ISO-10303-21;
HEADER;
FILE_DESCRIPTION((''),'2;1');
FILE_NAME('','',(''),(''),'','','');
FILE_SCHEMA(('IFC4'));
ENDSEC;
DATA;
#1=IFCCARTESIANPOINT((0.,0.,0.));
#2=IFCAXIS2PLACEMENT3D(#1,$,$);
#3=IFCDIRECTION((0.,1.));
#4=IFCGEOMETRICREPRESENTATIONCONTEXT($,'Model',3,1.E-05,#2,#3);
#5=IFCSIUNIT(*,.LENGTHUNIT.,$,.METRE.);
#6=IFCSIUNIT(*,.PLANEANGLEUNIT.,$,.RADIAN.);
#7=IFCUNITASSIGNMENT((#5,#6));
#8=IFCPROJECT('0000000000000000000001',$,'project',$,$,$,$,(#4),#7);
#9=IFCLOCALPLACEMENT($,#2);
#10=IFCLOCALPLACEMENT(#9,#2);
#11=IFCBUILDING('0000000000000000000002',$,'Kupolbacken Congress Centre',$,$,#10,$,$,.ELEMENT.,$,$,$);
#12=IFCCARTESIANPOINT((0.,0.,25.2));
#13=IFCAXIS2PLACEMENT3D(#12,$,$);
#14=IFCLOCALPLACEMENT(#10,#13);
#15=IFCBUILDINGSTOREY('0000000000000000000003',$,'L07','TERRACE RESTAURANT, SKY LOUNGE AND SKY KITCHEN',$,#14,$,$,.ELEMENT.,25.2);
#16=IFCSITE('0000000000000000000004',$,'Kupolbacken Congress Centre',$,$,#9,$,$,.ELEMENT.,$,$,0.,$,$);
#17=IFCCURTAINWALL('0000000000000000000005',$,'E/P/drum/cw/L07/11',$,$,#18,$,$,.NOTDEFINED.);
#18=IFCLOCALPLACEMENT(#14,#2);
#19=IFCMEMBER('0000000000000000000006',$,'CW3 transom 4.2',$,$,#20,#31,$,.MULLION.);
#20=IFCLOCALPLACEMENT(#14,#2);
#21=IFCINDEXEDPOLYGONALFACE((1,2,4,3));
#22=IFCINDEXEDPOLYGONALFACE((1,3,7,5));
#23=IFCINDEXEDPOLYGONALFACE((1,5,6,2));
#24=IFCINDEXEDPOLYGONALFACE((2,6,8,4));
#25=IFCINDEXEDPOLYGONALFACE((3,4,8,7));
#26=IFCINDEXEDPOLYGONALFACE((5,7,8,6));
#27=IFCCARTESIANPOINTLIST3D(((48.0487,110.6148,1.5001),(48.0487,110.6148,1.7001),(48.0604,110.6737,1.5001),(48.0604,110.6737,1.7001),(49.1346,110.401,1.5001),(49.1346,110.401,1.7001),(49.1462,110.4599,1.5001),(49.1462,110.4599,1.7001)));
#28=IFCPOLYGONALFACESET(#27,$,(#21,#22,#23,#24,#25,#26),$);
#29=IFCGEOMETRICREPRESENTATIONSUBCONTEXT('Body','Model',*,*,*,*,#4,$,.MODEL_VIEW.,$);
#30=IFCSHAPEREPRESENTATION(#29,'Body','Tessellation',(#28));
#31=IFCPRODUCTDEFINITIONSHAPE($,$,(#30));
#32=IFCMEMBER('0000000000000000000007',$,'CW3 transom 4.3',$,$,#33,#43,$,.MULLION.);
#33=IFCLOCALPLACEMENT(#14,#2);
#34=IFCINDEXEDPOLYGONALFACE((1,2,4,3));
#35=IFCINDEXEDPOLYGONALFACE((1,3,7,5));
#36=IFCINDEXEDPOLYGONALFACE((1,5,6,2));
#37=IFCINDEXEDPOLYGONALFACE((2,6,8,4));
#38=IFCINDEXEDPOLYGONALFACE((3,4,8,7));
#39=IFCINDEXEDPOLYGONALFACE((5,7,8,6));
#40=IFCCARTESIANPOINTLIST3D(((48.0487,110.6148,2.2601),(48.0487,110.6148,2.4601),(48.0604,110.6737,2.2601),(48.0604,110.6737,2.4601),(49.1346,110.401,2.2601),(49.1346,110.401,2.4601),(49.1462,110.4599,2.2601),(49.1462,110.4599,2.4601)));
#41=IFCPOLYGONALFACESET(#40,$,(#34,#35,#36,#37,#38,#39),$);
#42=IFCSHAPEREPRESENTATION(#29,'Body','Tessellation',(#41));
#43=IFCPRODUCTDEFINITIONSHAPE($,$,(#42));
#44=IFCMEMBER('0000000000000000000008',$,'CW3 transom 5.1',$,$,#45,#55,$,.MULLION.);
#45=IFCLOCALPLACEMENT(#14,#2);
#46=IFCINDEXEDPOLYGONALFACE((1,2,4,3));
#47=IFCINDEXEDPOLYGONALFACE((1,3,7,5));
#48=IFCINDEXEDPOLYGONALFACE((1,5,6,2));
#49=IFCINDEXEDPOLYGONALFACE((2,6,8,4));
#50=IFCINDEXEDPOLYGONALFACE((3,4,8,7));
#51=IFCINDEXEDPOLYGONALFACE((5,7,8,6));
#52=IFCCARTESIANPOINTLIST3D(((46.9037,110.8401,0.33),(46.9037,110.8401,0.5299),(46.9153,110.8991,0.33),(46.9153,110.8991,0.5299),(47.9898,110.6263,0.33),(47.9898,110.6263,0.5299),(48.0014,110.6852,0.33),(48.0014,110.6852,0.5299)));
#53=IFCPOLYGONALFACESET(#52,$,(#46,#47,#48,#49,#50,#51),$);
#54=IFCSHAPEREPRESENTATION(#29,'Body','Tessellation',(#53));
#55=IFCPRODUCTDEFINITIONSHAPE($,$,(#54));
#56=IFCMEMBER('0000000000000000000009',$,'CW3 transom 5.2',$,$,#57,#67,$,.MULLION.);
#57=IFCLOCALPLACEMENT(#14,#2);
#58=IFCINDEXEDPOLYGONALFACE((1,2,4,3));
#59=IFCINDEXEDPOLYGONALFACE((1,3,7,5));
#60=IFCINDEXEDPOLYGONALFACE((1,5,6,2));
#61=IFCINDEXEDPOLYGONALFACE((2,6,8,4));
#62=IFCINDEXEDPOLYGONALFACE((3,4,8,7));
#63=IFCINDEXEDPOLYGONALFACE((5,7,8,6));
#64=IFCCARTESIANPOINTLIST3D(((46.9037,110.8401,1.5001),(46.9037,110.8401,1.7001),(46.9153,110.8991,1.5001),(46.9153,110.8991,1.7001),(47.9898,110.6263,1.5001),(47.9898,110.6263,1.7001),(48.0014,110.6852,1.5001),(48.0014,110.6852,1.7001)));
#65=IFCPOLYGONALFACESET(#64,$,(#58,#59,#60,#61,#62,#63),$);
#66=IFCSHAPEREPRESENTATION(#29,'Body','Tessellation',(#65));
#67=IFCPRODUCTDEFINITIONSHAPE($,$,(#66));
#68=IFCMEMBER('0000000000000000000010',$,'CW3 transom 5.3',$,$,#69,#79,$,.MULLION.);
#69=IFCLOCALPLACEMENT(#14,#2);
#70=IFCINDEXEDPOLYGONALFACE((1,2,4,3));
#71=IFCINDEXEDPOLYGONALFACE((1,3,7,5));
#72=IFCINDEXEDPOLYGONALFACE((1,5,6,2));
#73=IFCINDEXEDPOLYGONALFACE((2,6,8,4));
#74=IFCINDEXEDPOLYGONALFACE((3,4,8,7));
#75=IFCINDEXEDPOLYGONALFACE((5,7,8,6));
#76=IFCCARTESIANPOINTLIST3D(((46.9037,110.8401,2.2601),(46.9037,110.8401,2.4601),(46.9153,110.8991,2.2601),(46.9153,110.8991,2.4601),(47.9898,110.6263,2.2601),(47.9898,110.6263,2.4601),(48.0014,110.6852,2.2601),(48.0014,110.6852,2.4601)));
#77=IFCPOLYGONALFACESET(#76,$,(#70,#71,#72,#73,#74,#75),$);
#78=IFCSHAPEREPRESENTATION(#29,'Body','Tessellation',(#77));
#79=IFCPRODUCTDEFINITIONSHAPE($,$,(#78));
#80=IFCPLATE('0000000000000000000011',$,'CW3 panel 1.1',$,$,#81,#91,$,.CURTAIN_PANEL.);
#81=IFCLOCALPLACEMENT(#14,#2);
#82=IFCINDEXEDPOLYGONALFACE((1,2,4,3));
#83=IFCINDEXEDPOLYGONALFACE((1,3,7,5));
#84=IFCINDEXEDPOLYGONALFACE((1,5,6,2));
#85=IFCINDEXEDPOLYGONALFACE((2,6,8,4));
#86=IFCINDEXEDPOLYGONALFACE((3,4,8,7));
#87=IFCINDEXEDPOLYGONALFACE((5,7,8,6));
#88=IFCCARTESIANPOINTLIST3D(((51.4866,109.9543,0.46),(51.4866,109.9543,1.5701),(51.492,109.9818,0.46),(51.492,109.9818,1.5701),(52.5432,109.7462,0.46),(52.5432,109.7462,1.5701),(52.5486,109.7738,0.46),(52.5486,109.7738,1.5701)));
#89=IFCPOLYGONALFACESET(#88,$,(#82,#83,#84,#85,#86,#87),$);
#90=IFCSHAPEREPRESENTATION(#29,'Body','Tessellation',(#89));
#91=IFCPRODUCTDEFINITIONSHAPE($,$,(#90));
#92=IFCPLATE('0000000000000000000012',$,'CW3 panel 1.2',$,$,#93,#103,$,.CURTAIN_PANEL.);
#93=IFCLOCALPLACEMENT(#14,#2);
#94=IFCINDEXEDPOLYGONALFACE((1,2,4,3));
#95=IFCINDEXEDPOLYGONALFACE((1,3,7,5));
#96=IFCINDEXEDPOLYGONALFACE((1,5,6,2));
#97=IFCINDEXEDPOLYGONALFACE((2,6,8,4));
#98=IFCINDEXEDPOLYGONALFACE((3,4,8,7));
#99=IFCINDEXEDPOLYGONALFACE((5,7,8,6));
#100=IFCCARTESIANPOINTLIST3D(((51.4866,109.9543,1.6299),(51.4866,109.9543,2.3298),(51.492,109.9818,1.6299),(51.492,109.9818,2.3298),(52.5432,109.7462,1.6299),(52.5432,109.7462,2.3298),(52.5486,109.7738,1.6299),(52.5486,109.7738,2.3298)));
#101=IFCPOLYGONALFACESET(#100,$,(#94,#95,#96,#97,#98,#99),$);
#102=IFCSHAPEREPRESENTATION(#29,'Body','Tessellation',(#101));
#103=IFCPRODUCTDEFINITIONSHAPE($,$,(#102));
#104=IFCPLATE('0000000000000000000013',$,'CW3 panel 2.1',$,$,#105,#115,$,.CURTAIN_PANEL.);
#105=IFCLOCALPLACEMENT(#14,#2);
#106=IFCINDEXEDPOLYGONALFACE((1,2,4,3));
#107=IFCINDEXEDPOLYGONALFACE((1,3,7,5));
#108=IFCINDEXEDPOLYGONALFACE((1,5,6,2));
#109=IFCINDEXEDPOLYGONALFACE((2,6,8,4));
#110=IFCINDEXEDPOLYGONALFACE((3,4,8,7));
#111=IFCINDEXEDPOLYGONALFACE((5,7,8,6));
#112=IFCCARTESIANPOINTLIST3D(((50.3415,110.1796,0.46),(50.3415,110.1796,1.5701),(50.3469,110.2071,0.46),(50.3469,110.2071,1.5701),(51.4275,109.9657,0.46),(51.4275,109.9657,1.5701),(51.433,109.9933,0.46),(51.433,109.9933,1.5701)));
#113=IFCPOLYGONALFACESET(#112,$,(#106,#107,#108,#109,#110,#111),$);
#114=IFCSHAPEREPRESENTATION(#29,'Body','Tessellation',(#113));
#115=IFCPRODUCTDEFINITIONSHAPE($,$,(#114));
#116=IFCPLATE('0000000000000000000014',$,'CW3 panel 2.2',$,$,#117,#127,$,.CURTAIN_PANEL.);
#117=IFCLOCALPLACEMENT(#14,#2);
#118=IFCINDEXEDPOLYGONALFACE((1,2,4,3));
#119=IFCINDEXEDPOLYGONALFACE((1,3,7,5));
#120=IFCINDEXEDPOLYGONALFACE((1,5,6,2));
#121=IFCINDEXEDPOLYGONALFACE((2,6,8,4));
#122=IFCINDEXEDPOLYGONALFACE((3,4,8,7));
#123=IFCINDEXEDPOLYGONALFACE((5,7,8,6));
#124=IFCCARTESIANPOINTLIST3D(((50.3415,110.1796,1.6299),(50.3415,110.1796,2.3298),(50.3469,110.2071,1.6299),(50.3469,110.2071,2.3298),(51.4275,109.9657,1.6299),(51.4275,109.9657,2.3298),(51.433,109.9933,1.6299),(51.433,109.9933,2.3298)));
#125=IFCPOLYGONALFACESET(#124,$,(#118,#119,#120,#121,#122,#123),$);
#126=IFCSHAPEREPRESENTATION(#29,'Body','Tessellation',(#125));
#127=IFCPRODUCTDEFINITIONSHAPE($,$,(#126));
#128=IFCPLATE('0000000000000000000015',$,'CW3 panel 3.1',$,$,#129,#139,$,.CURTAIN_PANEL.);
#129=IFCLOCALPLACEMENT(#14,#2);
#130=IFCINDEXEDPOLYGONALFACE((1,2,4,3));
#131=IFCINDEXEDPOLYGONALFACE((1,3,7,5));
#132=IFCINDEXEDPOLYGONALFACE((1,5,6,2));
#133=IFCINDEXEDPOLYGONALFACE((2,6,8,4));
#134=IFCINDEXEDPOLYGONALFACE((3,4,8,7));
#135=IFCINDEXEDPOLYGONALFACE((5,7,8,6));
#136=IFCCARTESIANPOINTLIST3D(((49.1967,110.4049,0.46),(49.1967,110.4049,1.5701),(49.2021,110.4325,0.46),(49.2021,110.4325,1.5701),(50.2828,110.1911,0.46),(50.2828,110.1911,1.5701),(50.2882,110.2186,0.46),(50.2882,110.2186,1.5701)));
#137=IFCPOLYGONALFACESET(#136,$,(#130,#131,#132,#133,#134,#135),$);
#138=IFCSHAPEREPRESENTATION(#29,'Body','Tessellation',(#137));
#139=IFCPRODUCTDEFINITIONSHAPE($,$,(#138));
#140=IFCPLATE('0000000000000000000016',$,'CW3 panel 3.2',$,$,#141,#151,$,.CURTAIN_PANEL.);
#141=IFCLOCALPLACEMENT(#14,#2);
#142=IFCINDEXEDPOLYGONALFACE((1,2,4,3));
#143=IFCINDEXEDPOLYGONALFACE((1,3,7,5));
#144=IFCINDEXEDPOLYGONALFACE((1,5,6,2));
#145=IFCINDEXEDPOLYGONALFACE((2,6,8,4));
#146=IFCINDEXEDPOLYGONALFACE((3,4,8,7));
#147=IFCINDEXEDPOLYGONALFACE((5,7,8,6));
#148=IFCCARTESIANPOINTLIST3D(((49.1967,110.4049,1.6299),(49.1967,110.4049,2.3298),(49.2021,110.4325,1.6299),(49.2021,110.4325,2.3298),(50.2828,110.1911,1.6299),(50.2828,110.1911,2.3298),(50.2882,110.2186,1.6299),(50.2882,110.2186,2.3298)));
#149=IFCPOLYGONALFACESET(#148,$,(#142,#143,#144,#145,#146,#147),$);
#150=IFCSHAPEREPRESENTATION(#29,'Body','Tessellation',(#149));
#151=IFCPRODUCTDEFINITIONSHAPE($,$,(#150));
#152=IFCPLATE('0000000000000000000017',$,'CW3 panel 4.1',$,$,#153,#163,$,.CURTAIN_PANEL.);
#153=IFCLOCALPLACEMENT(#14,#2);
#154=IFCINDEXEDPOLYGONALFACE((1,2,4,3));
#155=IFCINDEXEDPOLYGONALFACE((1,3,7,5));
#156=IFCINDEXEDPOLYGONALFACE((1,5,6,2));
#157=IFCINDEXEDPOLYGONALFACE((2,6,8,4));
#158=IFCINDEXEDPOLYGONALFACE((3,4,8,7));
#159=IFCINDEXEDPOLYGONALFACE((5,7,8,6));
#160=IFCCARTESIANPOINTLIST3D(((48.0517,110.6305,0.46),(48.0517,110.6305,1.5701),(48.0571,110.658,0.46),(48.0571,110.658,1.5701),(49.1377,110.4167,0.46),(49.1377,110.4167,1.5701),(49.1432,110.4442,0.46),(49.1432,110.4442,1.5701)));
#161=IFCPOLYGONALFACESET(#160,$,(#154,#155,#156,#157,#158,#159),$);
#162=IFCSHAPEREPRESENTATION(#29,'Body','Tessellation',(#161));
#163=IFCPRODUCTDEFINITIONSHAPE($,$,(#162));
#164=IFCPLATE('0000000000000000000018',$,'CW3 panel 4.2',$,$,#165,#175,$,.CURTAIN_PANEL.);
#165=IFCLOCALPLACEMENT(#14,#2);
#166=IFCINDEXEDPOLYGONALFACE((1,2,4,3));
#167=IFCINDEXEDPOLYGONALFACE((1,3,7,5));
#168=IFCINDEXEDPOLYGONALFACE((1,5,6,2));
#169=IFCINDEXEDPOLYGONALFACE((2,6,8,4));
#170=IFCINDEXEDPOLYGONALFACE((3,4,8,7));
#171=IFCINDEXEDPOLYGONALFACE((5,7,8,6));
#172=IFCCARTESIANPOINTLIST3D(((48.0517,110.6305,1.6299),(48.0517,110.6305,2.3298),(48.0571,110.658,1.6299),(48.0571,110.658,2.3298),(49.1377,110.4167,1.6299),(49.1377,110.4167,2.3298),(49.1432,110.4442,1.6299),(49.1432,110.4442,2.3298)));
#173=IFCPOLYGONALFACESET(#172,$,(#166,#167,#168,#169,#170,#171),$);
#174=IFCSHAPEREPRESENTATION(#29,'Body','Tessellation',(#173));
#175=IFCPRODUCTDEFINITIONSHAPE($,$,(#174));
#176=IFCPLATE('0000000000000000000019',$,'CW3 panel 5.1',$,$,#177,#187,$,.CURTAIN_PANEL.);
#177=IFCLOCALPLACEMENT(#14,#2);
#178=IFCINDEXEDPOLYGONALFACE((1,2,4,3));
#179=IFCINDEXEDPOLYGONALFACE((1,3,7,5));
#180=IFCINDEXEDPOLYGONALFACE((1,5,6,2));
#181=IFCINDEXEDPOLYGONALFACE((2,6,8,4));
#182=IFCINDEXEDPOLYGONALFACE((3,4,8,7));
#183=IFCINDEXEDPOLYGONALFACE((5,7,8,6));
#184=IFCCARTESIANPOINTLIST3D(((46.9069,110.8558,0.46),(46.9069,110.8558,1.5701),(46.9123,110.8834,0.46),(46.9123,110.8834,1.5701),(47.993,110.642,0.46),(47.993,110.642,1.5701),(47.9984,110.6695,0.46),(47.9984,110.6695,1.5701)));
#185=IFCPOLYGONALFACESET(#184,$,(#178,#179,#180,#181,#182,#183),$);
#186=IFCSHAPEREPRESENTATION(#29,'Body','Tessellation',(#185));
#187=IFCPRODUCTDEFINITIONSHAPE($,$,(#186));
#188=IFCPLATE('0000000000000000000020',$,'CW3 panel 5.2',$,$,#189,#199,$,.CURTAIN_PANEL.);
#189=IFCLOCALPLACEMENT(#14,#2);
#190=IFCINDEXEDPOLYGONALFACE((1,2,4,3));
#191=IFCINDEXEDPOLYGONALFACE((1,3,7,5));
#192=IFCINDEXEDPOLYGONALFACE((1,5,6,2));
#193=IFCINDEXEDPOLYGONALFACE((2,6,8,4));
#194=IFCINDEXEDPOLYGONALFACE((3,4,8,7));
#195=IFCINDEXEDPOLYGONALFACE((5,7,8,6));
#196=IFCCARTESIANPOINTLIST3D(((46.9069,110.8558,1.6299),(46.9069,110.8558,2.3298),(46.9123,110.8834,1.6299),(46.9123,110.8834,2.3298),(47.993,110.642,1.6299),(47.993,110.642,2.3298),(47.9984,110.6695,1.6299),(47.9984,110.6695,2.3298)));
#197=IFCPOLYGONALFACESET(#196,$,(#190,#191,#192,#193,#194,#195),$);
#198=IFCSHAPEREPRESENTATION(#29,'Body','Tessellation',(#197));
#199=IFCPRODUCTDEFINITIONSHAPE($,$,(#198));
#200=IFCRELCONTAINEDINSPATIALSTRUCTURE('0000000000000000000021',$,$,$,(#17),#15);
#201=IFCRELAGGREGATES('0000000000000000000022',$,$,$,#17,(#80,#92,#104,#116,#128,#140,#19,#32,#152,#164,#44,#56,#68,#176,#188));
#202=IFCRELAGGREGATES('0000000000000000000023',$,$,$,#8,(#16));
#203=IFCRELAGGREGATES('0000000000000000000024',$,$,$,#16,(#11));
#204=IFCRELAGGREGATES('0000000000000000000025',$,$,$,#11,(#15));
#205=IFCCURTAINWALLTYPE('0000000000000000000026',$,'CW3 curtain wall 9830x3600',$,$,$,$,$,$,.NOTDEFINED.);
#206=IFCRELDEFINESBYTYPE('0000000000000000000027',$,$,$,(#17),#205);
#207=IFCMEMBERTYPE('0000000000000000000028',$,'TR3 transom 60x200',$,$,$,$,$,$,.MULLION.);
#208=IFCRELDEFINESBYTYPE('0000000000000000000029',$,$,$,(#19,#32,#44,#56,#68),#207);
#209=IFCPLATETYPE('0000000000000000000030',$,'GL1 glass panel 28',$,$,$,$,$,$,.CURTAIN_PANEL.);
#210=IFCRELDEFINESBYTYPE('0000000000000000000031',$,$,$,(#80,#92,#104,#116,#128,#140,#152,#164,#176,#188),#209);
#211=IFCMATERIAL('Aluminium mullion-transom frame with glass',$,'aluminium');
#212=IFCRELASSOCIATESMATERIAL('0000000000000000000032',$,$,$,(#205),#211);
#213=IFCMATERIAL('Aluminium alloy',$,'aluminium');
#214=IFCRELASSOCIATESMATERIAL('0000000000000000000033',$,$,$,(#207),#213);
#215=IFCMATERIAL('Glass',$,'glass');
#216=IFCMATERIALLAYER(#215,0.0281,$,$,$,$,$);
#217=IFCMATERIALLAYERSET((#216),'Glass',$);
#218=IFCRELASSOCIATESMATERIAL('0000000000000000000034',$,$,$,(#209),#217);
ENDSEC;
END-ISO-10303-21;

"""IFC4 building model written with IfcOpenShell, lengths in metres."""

from ifc_helpers import new_model, si_unit, direction, frame, origin, origin_2d, place, context, subcontext, project, spatial, rectangle, extrude, material, layer, layer_set, material_profile, profile_set, type_object, element, aggregate, save


model = new_model("IFC4")

# Units and contexts
model_context = context("Model", 3, precision=1e-05, world=origin(), true_north=direction((0.0, 1.0)))
body_context = subcontext(model_context, "Body", "Model", "MODEL_VIEW")
ifc_project = project(units=[si_unit("LENGTHUNIT", "METRE"), si_unit("PLANEANGLEUNIT", "RADIAN")], contexts=[model_context])

# Site, building, storey
site_placement = place(None, origin())
site = spatial("IfcSite", under=ifc_project, at=site_placement, Name="Kupolbacken Congress Centre", CompositionType="ELEMENT", RefElevation=0.0)
building_placement = place(site_placement, origin())
building = spatial("IfcBuilding", under=site, at=building_placement, Name="Kupolbacken Congress Centre", CompositionType="ELEMENT")
storey_placement = place(building_placement, frame((0.0, 0.0, 25.2)))
storey = spatial("IfcBuildingStorey", under=building, at=storey_placement, Name="L07", Description="TERRACE RESTAURANT, SKY LOUNGE AND SKY KITCHEN", CompositionType="ELEMENT", Elevation=25.2)

# Curtain wall, members, plates
ifc_material_1 = material(Name="Aluminium mullion-transom frame with glass", Category="aluminium")
curtain_wall_type = type_object("IfcCurtainWallType", Name="CW3 curtain wall 9830x3600", PredefinedType="NOTDEFINED", material=ifc_material_1)
curtain_wall_placement = place(storey_placement, origin())
curtain_wall = element("IfcCurtainWall", 1, at=curtain_wall_placement, inside=storey, type_object=curtain_wall_type, Name="E/P/drum/cw/L07/11", PredefinedType="NOTDEFINED")
ifc_material_2 = material(Name="Aluminium alloy", Category="aluminium")
ifc_material_profile_1 = material_profile(ifc_material_2, rectangle(XDim=0.0601, YDim=0.2, at=origin_2d()), Name="60 x 200")
ifc_profile_set_1 = profile_set([ifc_material_profile_1], Name="Aluminium alloy")
member_type_1 = type_object("IfcMemberType", Name="TR3 transom 60x200", PredefinedType="MULLION", material=ifc_profile_set_1)
member_1_placement = place(storey_placement, frame((49.1404, 110.4304, 1.6001), z_axis=(-0.981153, 0.193231, 0.0), x_axis=(-0.193231, -0.981153, 0.0)))
member_1 = element("IfcMember", 2, at=member_1_placement, type_object=member_type_1, Name="CW3 transom 4.2", PredefinedType="MULLION", context=body_context, shape_type="SweptSolid", body=[
    extrude(rectangle(XDim=0.0601, YDim=0.2, at=origin_2d()), origin(), (0.0, 0.0, 1.0), 1.1067),
])
member_2_placement = place(storey_placement, frame((49.1404, 110.4304, 2.3601), z_axis=(-0.981153, 0.193231, 0.0), x_axis=(-0.193231, -0.981153, 0.0)))
member_2 = element("IfcMember", 3, at=member_2_placement, type_object=member_type_1, Name="CW3 transom 4.3", PredefinedType="MULLION", context=body_context, shape_type="SweptSolid", body=[
    extrude(rectangle(XDim=0.0601, YDim=0.2, at=origin_2d()), origin(), (0.0, 0.0, 1.0), 1.1067),
])
member_3_placement = place(storey_placement, frame((47.9956, 110.6558, 0.4299), z_axis=(-0.981162, 0.193189, 0.0), x_axis=(-0.193189, -0.981162, 0.0)))
member_3 = element("IfcMember", 4, at=member_3_placement, type_object=member_type_1, Name="CW3 transom 5.1", PredefinedType="MULLION", context=body_context, shape_type="SweptSolid", body=[
    extrude(rectangle(XDim=0.0601, YDim=0.2, at=origin_2d()), origin(), (0.0, 0.0, 1.0), 1.1069),
])
member_4_placement = place(storey_placement, frame((47.9956, 110.6558, 1.6001), z_axis=(-0.981162, 0.193189, 0.0), x_axis=(-0.193189, -0.981162, 0.0)))
member_4 = element("IfcMember", 5, at=member_4_placement, type_object=member_type_1, Name="CW3 transom 5.2", PredefinedType="MULLION", context=body_context, shape_type="SweptSolid", body=[
    extrude(rectangle(XDim=0.0601, YDim=0.2, at=origin_2d()), origin(), (0.0, 0.0, 1.0), 1.1069),
])
member_5_placement = place(storey_placement, frame((47.9956, 110.6558, 2.3601), z_axis=(-0.981162, 0.193189, 0.0), x_axis=(-0.193189, -0.981162, 0.0)))
member_5 = element("IfcMember", 6, at=member_5_placement, type_object=member_type_1, Name="CW3 transom 5.3", PredefinedType="MULLION", context=body_context, shape_type="SweptSolid", body=[
    extrude(rectangle(XDim=0.0601, YDim=0.2, at=origin_2d()), origin(), (0.0, 0.0, 1.0), 1.1069),
])
ifc_material_3 = material(Name="Glass", Category="glass")
ifc_layer_1 = layer(ifc_material_3, 0.0281)
ifc_layer_set_1 = layer_set([ifc_layer_1], Name="Glass")
plate_type = type_object("IfcPlateType", Name="GL1 glass panel 28", PredefinedType="CURTAIN_PANEL", material=ifc_layer_set_1)
plate_1_placement = place(storey_placement, frame((52.0176, 109.864, 0.46), z_axis=(0.0, 0.0, 1.0), x_axis=(-0.981163, 0.193182, 0.0)))
plate_1 = element("IfcPlate", 7, at=plate_1_placement, type_object=plate_type, Name="CW3 panel 1.1", PredefinedType="CURTAIN_PANEL", context=body_context, shape_type="SweptSolid", body=[
    extrude(rectangle(XDim=1.0769, YDim=0.0281, at=origin_2d()), origin(), (0.0, 0.0, 1.0), 1.1101),
])
plate_2_placement = place(storey_placement, frame((52.0176, 109.864, 1.6299), z_axis=(0.0, 0.0, 1.0), x_axis=(-0.981163, 0.193182, 0.0)))
plate_2 = element("IfcPlate", 8, at=plate_2_placement, type_object=plate_type, Name="CW3 panel 1.2", PredefinedType="CURTAIN_PANEL", context=body_context, shape_type="SweptSolid", body=[
    extrude(rectangle(XDim=1.0769, YDim=0.0281, at=origin_2d()), origin(), (0.0, 0.0, 1.0), 0.7),
])
plate_3_placement = place(storey_placement, frame((50.8872, 110.0864, 0.46), z_axis=(0.0, 0.0, 1.0), x_axis=(-0.981163, 0.193182, 0.0)))
plate_3 = element("IfcPlate", 9, at=plate_3_placement, type_object=plate_type, Name="CW3 panel 2.1", PredefinedType="CURTAIN_PANEL", context=body_context, shape_type="SweptSolid", body=[
    extrude(rectangle(XDim=1.1069, YDim=0.0281, at=origin_2d()), origin(), (0.0, 0.0, 1.0), 1.1101),
])
plate_4_placement = place(storey_placement, frame((50.8872, 110.0864, 1.6299), z_axis=(0.0, 0.0, 1.0), x_axis=(-0.981163, 0.193182, 0.0)))
plate_4 = element("IfcPlate", 10, at=plate_4_placement, type_object=plate_type, Name="CW3 panel 2.2", PredefinedType="CURTAIN_PANEL", context=body_context, shape_type="SweptSolid", body=[
    extrude(rectangle(XDim=1.1069, YDim=0.0281, at=origin_2d()), origin(), (0.0, 0.0, 1.0), 0.7),
])
plate_5_placement = place(storey_placement, frame((49.7424, 110.3118, 0.46), z_axis=(0.0, 0.0, 1.0), x_axis=(-0.981163, 0.193182, 0.0)))
plate_5 = element("IfcPlate", 11, at=plate_5_placement, type_object=plate_type, Name="CW3 panel 3.1", PredefinedType="CURTAIN_PANEL", context=body_context, shape_type="SweptSolid", body=[
    extrude(rectangle(XDim=1.1069, YDim=0.0281, at=origin_2d()), origin(), (0.0, 0.0, 1.0), 1.1101),
])
plate_6_placement = place(storey_placement, frame((49.7424, 110.3118, 1.6299), z_axis=(0.0, 0.0, 1.0), x_axis=(-0.981163, 0.193182, 0.0)))
plate_6 = element("IfcPlate", 12, at=plate_6_placement, type_object=plate_type, Name="CW3 panel 3.2", PredefinedType="CURTAIN_PANEL", context=body_context, shape_type="SweptSolid", body=[
    extrude(rectangle(XDim=1.1069, YDim=0.0281, at=origin_2d()), origin(), (0.0, 0.0, 1.0), 0.7),
])
plate_7_placement = place(storey_placement, frame((48.5974, 110.5374, 0.46), z_axis=(0.0, 0.0, 1.0), x_axis=(-0.981163, 0.193182, 0.0)))
plate_7 = element("IfcPlate", 13, at=plate_7_placement, type_object=plate_type, Name="CW3 panel 4.1", PredefinedType="CURTAIN_PANEL", context=body_context, shape_type="SweptSolid", body=[
    extrude(rectangle(XDim=1.1069, YDim=0.0281, at=origin_2d()), origin(), (0.0, 0.0, 1.0), 1.1101),
])
plate_8_placement = place(storey_placement, frame((48.5974, 110.5374, 1.6299), z_axis=(0.0, 0.0, 1.0), x_axis=(-0.981163, 0.193182, 0.0)))
plate_8 = element("IfcPlate", 14, at=plate_8_placement, type_object=plate_type, Name="CW3 panel 4.2", PredefinedType="CURTAIN_PANEL", context=body_context, shape_type="SweptSolid", body=[
    extrude(rectangle(XDim=1.1069, YDim=0.0281, at=origin_2d()), origin(), (0.0, 0.0, 1.0), 0.7),
])
plate_9_placement = place(storey_placement, frame((47.4526, 110.7627, 0.46), z_axis=(0.0, 0.0, 1.0), x_axis=(-0.981163, 0.193182, 0.0)))
plate_9 = element("IfcPlate", 15, at=plate_9_placement, type_object=plate_type, Name="CW3 panel 5.1", PredefinedType="CURTAIN_PANEL", context=body_context, shape_type="SweptSolid", body=[
    extrude(rectangle(XDim=1.1069, YDim=0.0281, at=origin_2d()), origin(), (0.0, 0.0, 1.0), 1.1101),
])
plate_10_placement = place(storey_placement, frame((47.4526, 110.7627, 1.6299), z_axis=(0.0, 0.0, 1.0), x_axis=(-0.981163, 0.193182, 0.0)))
plate_10 = element("IfcPlate", 16, at=plate_10_placement, type_object=plate_type, Name="CW3 panel 5.2", PredefinedType="CURTAIN_PANEL", context=body_context, shape_type="SweptSolid", body=[
    extrude(rectangle(XDim=1.1069, YDim=0.0281, at=origin_2d()), origin(), (0.0, 0.0, 1.0), 0.7),
])
aggregate(curtain_wall, [plate_1, plate_2, plate_3, plate_4, plate_5, plate_6, member_1, member_2, plate_7, plate_8, member_3, member_4, member_5, plate_9, plate_10])

save(model, "model.ifc")
